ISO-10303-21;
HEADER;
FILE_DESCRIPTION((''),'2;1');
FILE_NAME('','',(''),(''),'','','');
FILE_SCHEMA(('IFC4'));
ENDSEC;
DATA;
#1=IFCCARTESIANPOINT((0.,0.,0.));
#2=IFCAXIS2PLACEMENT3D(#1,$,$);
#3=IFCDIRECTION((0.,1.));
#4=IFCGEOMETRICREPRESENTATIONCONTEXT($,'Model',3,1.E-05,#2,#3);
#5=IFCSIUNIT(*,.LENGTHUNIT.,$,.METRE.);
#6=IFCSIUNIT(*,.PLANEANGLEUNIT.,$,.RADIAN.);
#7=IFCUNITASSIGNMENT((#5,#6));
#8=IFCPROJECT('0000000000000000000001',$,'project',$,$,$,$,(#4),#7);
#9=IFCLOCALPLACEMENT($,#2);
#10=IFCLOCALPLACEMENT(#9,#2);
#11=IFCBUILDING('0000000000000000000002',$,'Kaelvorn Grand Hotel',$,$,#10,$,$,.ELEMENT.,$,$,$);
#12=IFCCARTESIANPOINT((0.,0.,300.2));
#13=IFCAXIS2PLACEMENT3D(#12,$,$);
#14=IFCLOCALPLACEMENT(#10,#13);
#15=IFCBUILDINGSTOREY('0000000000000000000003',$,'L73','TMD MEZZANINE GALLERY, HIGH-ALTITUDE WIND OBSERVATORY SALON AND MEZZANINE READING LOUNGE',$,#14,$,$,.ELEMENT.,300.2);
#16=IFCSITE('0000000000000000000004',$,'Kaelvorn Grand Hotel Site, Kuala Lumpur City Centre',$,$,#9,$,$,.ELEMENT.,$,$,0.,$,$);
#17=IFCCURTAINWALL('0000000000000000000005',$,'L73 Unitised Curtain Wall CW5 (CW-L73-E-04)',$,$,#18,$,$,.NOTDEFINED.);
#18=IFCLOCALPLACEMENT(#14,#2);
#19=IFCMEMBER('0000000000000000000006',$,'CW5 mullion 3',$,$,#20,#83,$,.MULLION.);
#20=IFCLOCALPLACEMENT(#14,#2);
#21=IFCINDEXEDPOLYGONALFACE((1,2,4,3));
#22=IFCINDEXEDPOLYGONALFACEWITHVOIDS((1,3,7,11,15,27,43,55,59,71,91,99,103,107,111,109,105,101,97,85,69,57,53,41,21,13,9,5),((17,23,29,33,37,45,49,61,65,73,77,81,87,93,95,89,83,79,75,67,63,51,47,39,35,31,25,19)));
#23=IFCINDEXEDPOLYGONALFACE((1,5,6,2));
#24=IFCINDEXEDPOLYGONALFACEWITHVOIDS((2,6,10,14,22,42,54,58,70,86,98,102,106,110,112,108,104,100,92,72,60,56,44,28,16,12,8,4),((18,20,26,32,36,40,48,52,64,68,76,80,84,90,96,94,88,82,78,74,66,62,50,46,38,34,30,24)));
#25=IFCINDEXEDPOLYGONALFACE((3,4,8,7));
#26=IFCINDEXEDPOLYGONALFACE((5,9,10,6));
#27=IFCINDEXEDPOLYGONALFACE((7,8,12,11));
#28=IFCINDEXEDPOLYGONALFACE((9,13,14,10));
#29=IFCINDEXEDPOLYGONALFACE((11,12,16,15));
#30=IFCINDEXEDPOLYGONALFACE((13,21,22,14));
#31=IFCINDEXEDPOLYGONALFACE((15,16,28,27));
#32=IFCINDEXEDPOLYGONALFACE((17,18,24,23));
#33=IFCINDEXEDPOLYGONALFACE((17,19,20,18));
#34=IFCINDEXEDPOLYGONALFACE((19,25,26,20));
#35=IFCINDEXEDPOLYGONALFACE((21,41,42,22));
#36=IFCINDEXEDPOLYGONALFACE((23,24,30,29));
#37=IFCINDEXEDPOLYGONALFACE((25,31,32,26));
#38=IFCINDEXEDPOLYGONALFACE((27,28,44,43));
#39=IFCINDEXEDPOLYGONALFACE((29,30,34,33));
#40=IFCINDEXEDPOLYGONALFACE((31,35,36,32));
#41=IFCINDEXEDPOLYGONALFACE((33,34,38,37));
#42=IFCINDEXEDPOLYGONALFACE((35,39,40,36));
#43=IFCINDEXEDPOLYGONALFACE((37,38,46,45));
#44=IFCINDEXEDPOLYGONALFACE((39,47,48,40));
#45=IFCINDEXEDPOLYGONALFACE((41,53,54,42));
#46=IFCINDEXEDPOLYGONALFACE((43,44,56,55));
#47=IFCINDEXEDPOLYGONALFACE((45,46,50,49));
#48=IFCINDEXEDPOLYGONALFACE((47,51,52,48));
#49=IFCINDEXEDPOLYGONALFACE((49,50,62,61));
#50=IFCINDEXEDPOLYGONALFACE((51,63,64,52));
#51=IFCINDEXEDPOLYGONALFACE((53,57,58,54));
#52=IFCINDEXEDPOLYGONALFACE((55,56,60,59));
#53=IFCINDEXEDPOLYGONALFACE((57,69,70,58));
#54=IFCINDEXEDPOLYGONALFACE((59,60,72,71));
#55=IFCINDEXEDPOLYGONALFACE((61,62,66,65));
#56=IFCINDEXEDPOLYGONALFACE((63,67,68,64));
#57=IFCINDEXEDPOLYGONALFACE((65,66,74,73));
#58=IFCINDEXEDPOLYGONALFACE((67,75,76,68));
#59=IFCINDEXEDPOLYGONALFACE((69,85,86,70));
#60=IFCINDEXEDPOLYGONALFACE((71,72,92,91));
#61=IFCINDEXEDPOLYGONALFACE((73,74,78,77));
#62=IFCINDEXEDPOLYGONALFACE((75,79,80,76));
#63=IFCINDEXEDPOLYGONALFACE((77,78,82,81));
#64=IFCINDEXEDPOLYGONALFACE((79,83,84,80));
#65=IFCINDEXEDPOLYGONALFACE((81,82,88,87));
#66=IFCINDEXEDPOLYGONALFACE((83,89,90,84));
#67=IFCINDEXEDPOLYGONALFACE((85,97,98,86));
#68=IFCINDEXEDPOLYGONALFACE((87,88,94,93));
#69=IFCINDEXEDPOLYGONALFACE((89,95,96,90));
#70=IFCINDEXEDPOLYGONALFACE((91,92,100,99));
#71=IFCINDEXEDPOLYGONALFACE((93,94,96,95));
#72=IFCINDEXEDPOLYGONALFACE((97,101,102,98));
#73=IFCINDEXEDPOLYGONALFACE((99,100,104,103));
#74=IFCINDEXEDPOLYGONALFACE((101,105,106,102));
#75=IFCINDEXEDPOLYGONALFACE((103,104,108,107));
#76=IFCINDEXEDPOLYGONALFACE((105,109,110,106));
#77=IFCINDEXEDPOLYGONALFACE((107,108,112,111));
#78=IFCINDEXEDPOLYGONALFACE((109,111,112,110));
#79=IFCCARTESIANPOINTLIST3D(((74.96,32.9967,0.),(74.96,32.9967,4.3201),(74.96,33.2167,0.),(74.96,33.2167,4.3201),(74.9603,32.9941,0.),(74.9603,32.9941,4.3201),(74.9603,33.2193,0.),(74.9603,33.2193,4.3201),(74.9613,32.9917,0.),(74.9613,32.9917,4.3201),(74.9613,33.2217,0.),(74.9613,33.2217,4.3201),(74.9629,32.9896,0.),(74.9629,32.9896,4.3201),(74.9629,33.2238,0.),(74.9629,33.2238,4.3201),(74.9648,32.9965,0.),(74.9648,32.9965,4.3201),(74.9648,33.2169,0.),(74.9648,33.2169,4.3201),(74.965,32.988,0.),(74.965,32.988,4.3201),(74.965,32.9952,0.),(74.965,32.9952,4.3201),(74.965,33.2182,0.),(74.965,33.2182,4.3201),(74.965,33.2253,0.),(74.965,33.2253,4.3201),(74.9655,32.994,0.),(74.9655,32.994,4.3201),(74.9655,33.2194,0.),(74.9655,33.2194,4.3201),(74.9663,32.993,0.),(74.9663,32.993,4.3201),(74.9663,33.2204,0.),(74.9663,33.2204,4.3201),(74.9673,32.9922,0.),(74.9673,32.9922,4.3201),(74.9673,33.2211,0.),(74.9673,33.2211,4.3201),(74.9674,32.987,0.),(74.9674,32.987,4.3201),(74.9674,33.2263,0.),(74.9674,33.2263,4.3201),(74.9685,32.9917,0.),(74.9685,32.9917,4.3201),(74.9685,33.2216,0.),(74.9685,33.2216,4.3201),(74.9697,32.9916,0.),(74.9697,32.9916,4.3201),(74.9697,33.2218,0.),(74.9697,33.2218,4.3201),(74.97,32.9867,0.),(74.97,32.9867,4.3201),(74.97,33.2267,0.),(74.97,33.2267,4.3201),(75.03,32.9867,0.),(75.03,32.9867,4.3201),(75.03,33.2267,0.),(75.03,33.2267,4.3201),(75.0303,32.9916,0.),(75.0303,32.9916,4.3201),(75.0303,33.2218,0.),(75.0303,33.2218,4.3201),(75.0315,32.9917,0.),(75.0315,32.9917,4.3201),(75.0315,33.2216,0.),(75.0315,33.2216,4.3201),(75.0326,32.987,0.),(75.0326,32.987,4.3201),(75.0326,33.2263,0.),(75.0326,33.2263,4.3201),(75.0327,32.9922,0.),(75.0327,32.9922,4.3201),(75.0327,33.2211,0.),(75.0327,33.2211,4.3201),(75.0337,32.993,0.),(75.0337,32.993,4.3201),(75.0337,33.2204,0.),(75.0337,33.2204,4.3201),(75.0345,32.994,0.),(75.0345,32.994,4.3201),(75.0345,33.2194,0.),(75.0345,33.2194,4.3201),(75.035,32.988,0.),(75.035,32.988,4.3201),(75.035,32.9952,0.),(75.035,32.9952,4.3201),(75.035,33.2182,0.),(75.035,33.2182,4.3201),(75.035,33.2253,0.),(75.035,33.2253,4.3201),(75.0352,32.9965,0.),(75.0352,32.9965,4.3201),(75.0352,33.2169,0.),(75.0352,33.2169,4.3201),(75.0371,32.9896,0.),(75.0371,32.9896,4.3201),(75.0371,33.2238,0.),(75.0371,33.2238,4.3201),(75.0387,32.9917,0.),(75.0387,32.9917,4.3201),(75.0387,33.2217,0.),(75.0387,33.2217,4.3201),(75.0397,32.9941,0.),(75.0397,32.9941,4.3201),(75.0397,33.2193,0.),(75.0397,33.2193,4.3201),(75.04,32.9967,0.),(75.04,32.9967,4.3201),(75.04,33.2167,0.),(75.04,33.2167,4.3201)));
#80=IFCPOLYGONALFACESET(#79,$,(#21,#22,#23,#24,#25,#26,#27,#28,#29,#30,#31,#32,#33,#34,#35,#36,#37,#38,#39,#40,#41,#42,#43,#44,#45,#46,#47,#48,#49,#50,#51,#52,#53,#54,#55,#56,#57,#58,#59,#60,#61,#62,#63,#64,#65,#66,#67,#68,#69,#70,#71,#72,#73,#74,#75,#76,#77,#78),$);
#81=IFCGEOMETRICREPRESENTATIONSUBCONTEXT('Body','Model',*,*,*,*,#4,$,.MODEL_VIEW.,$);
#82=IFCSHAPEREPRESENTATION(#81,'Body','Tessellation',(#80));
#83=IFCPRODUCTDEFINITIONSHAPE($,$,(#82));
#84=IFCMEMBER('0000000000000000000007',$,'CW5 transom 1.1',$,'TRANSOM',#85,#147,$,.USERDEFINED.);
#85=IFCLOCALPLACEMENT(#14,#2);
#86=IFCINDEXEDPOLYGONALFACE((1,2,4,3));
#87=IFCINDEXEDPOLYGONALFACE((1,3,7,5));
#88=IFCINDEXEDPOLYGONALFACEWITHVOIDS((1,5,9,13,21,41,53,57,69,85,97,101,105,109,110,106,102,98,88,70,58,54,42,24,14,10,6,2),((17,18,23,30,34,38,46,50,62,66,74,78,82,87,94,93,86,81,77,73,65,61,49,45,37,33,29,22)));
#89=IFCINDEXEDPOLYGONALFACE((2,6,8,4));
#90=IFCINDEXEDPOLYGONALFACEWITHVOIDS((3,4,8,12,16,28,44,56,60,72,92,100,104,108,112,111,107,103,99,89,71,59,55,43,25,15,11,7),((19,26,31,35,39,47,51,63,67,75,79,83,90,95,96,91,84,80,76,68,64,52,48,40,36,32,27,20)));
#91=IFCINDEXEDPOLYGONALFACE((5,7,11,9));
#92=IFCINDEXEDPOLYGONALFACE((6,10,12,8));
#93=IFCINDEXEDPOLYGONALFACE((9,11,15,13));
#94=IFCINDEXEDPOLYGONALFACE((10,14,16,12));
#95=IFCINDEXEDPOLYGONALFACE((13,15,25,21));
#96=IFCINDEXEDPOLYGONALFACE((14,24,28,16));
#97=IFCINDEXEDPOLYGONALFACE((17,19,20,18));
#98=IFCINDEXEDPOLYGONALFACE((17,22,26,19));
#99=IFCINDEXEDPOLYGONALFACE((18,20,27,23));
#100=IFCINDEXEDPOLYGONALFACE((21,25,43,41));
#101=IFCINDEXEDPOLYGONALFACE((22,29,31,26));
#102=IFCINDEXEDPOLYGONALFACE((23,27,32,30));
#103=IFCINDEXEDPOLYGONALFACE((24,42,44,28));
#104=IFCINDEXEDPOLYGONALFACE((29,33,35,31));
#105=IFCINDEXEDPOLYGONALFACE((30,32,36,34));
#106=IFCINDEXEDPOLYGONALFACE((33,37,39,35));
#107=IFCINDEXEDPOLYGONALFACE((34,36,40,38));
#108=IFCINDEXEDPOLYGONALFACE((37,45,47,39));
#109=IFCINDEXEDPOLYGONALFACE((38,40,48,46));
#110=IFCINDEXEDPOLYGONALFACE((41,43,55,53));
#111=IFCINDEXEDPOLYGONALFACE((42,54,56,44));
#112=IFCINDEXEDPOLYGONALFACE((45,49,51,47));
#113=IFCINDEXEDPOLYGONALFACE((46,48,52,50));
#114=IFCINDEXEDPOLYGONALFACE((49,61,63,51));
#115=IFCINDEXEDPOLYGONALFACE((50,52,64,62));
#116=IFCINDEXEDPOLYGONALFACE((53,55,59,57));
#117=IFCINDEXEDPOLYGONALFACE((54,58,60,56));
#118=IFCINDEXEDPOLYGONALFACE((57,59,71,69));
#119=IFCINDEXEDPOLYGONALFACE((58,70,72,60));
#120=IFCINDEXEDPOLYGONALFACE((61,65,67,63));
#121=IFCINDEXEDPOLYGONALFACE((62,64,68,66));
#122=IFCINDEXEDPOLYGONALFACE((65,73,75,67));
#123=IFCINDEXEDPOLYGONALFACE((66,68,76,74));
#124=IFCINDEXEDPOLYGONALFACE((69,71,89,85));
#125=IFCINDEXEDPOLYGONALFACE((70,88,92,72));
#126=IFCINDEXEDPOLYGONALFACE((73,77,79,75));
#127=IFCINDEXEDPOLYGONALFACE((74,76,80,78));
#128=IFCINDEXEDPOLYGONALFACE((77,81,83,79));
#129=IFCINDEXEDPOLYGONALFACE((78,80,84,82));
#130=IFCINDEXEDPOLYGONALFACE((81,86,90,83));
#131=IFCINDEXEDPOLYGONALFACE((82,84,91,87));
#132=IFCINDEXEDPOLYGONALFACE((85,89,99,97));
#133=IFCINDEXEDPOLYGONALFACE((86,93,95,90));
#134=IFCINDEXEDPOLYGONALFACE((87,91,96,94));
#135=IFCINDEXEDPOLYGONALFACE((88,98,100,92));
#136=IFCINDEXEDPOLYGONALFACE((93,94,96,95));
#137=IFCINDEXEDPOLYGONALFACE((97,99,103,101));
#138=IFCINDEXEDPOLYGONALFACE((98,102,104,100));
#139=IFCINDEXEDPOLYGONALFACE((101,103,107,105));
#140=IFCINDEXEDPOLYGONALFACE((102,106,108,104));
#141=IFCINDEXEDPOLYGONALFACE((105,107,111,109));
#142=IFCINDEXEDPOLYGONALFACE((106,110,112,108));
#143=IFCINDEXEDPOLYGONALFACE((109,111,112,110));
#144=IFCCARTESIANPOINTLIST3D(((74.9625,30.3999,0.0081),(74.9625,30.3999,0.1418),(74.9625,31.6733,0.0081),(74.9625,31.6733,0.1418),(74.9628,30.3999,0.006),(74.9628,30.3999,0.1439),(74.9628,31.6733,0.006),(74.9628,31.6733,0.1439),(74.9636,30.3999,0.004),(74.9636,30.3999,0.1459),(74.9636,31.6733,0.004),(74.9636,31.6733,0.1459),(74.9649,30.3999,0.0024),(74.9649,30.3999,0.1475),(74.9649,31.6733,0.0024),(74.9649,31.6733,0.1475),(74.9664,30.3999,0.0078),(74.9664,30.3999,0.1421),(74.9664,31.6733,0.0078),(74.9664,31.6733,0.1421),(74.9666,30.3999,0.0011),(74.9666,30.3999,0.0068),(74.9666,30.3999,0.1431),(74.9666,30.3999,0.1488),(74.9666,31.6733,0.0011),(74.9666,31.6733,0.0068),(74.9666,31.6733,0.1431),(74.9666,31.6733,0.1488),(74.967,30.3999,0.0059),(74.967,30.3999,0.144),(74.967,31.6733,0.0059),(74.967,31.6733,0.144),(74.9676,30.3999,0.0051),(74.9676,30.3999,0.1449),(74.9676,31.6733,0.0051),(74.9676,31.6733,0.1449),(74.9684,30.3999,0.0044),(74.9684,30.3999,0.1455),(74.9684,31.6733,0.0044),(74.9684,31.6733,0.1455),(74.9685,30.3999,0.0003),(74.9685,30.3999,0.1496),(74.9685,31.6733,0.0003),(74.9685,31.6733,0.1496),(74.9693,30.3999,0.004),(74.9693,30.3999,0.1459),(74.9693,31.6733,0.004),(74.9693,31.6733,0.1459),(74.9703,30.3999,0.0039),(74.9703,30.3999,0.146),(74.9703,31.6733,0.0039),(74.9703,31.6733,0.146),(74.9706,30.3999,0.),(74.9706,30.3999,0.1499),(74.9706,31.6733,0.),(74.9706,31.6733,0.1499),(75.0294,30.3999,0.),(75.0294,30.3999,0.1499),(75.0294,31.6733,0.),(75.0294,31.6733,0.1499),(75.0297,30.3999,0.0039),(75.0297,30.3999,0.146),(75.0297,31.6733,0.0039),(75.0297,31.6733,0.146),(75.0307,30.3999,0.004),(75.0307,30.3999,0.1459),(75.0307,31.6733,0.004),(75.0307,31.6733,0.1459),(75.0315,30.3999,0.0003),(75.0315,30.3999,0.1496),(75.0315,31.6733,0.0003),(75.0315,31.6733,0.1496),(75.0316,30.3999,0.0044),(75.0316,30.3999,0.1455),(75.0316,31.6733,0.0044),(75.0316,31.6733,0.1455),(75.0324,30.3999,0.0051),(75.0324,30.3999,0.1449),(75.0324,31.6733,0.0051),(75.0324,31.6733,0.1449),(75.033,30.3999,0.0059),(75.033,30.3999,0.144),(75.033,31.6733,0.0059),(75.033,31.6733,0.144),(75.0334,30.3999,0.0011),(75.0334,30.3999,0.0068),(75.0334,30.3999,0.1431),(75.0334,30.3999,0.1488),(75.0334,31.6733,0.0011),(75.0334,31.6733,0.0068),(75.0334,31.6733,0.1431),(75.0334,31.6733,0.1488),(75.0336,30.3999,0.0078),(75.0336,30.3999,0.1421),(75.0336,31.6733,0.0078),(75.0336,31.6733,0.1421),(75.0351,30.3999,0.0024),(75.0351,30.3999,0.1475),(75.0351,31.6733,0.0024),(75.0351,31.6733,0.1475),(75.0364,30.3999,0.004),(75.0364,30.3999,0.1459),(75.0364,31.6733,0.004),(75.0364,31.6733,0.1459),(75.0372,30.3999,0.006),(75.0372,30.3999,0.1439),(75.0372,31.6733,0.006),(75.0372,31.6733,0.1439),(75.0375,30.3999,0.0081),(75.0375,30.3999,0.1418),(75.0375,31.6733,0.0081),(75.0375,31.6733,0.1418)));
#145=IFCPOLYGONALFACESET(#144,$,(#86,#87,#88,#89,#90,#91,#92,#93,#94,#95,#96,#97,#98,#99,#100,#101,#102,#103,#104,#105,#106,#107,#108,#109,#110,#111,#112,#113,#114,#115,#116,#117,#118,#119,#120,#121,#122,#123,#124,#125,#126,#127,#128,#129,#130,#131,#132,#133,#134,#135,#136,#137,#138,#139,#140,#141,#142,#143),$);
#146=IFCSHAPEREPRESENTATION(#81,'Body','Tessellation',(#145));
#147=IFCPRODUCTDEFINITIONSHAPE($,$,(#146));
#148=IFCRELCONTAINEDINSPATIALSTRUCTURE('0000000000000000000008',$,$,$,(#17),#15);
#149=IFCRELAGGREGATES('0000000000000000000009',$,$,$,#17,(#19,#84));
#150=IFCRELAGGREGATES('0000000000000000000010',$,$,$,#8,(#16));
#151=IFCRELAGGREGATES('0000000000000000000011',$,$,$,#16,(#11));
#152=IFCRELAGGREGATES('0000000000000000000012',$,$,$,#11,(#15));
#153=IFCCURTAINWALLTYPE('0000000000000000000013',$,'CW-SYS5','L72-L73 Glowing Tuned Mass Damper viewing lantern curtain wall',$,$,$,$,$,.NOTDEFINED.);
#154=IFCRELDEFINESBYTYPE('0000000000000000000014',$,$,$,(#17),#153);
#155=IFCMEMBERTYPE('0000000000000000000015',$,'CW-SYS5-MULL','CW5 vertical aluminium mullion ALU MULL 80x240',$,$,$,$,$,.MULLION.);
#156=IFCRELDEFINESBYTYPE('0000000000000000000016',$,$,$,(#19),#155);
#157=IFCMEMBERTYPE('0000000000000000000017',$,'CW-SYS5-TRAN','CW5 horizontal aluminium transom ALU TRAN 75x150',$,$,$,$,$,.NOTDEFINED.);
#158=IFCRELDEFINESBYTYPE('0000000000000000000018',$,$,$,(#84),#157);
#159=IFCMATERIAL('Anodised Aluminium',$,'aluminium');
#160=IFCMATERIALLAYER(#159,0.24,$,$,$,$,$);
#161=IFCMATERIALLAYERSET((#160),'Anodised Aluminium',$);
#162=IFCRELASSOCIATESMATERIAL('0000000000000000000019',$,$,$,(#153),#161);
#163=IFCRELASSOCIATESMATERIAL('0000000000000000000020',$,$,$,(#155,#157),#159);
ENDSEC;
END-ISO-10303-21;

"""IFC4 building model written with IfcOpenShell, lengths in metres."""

from ifc_helpers import new_model, si_unit, direction, frame, origin, origin_2d, place, context, subcontext, project, spatial, hollow_rectangle, extrude, material, layer, layer_set, material_profile, profile_set, type_object, element, aggregate, save


model = new_model("IFC4")

# Units and contexts
model_context = context("Model", 3, precision=1e-05, world=origin(), true_north=direction((0.0, 1.0)))
body_context = subcontext(model_context, "Body", "Model", "MODEL_VIEW")
ifc_project = project(units=[si_unit("LENGTHUNIT", "METRE"), si_unit("PLANEANGLEUNIT", "RADIAN")], contexts=[model_context])

# Site, building, storey
site_placement = place(None, origin())
site = spatial("IfcSite", under=ifc_project, at=site_placement, Name="Kaelvorn Grand Hotel Site, Kuala Lumpur City Centre", CompositionType="ELEMENT", RefElevation=0.0)
building_placement = place(site_placement, origin())
building = spatial("IfcBuilding", under=site, at=building_placement, Name="Kaelvorn Grand Hotel", CompositionType="ELEMENT")
storey_placement = place(building_placement, frame((0.0, 0.0, 300.2)))
storey = spatial("IfcBuildingStorey", under=building, at=storey_placement, Name="L73", Description="TMD MEZZANINE GALLERY, HIGH-ALTITUDE WIND OBSERVATORY SALON AND MEZZANINE READING LOUNGE", CompositionType="ELEMENT", Elevation=300.2)

# Shared definitions
ifc_material_1 = material(Name="Anodised Aluminium", Category="aluminium")
ifc_layer_1 = layer(ifc_material_1, 0.24)
ifc_layer_set_1 = layer_set([ifc_layer_1], Name="Anodised Aluminium")
curtain_wall_type = type_object("IfcCurtainWallType", Name="CW-SYS5", Description="L72-L73 Glowing Tuned Mass Damper viewing lantern curtain wall", PredefinedType="NOTDEFINED", material=ifc_layer_set_1)
ifc_material_profile_1 = material_profile(ifc_material_1, hollow_rectangle(XDim=0.0801, YDim=0.24, WallThickness=0.0049, InnerFilletRadius=0.0049, OuterFilletRadius=0.01, at=origin_2d()), Name="ALU MULL 80x240")
ifc_profile_set_1 = profile_set([ifc_material_profile_1], Name="Anodised Aluminium")
member_type_1 = type_object("IfcMemberType", Name="CW-SYS5-MULL", Description="CW5 vertical aluminium mullion ALU MULL 80x240", PredefinedType="MULLION", material=ifc_profile_set_1)

# Curtain wall, members
curtain_wall_1_placement = place(storey_placement, origin())
curtain_wall_1 = element("IfcCurtainWall", 1, at=curtain_wall_1_placement, inside=storey, type_object=curtain_wall_type, Name="L73 Unitised Curtain Wall CW5 (CW-L73-E-04)", PredefinedType="NOTDEFINED")
member_1_placement = place(storey_placement, frame((75.0, 33.1067, 0.0), z_axis=(0.0, 0.0, 1.0), x_axis=(-1.0, 0.0, 0.0)))
member_1 = element("IfcMember", 2, at=member_1_placement, type_object=member_type_1, Name="CW5 mullion 3", PredefinedType="MULLION", context=body_context, shape_type="SweptSolid", body=[
    extrude(hollow_rectangle(XDim=0.0801, YDim=0.24, WallThickness=0.0049, InnerFilletRadius=0.0049, OuterFilletRadius=0.01, at=origin_2d()), origin(), (0.0, 0.0, 1.0), 4.3201),
])
ifc_material_profile_2 = material_profile(ifc_material_1, hollow_rectangle(XDim=0.075, YDim=0.1499, WallThickness=0.0039, InnerFilletRadius=0.0039, OuterFilletRadius=0.0081, at=origin_2d()), Name="ALU TRAN 75x150")
ifc_profile_set_2 = profile_set([ifc_material_profile_2], Name="Anodised Aluminium")
member_type_2 = type_object("IfcMemberType", Name="CW-SYS5-TRAN", Description="CW5 horizontal aluminium transom ALU TRAN 75x150", PredefinedType="NOTDEFINED", material=ifc_profile_set_2)
member_2_placement = place(storey_placement, frame((75.0, 30.3999, 0.075), z_axis=(0.0, 1.0, 0.0), x_axis=(-1.0, 0.0, 0.0)))
member_2 = element("IfcMember", 3, at=member_2_placement, type_object=member_type_2, Name="CW5 transom 1.1", ObjectType="TRANSOM", PredefinedType="USERDEFINED", context=body_context, shape_type="SweptSolid", body=[
    extrude(hollow_rectangle(XDim=0.075, YDim=0.1499, WallThickness=0.0039, InnerFilletRadius=0.0039, OuterFilletRadius=0.0081, at=origin_2d()), origin(), (0.0, 0.0, 1.0), 1.2734),
])
aggregate(curtain_wall_1, [member_1, member_2])

save(model, "model.ifc")
